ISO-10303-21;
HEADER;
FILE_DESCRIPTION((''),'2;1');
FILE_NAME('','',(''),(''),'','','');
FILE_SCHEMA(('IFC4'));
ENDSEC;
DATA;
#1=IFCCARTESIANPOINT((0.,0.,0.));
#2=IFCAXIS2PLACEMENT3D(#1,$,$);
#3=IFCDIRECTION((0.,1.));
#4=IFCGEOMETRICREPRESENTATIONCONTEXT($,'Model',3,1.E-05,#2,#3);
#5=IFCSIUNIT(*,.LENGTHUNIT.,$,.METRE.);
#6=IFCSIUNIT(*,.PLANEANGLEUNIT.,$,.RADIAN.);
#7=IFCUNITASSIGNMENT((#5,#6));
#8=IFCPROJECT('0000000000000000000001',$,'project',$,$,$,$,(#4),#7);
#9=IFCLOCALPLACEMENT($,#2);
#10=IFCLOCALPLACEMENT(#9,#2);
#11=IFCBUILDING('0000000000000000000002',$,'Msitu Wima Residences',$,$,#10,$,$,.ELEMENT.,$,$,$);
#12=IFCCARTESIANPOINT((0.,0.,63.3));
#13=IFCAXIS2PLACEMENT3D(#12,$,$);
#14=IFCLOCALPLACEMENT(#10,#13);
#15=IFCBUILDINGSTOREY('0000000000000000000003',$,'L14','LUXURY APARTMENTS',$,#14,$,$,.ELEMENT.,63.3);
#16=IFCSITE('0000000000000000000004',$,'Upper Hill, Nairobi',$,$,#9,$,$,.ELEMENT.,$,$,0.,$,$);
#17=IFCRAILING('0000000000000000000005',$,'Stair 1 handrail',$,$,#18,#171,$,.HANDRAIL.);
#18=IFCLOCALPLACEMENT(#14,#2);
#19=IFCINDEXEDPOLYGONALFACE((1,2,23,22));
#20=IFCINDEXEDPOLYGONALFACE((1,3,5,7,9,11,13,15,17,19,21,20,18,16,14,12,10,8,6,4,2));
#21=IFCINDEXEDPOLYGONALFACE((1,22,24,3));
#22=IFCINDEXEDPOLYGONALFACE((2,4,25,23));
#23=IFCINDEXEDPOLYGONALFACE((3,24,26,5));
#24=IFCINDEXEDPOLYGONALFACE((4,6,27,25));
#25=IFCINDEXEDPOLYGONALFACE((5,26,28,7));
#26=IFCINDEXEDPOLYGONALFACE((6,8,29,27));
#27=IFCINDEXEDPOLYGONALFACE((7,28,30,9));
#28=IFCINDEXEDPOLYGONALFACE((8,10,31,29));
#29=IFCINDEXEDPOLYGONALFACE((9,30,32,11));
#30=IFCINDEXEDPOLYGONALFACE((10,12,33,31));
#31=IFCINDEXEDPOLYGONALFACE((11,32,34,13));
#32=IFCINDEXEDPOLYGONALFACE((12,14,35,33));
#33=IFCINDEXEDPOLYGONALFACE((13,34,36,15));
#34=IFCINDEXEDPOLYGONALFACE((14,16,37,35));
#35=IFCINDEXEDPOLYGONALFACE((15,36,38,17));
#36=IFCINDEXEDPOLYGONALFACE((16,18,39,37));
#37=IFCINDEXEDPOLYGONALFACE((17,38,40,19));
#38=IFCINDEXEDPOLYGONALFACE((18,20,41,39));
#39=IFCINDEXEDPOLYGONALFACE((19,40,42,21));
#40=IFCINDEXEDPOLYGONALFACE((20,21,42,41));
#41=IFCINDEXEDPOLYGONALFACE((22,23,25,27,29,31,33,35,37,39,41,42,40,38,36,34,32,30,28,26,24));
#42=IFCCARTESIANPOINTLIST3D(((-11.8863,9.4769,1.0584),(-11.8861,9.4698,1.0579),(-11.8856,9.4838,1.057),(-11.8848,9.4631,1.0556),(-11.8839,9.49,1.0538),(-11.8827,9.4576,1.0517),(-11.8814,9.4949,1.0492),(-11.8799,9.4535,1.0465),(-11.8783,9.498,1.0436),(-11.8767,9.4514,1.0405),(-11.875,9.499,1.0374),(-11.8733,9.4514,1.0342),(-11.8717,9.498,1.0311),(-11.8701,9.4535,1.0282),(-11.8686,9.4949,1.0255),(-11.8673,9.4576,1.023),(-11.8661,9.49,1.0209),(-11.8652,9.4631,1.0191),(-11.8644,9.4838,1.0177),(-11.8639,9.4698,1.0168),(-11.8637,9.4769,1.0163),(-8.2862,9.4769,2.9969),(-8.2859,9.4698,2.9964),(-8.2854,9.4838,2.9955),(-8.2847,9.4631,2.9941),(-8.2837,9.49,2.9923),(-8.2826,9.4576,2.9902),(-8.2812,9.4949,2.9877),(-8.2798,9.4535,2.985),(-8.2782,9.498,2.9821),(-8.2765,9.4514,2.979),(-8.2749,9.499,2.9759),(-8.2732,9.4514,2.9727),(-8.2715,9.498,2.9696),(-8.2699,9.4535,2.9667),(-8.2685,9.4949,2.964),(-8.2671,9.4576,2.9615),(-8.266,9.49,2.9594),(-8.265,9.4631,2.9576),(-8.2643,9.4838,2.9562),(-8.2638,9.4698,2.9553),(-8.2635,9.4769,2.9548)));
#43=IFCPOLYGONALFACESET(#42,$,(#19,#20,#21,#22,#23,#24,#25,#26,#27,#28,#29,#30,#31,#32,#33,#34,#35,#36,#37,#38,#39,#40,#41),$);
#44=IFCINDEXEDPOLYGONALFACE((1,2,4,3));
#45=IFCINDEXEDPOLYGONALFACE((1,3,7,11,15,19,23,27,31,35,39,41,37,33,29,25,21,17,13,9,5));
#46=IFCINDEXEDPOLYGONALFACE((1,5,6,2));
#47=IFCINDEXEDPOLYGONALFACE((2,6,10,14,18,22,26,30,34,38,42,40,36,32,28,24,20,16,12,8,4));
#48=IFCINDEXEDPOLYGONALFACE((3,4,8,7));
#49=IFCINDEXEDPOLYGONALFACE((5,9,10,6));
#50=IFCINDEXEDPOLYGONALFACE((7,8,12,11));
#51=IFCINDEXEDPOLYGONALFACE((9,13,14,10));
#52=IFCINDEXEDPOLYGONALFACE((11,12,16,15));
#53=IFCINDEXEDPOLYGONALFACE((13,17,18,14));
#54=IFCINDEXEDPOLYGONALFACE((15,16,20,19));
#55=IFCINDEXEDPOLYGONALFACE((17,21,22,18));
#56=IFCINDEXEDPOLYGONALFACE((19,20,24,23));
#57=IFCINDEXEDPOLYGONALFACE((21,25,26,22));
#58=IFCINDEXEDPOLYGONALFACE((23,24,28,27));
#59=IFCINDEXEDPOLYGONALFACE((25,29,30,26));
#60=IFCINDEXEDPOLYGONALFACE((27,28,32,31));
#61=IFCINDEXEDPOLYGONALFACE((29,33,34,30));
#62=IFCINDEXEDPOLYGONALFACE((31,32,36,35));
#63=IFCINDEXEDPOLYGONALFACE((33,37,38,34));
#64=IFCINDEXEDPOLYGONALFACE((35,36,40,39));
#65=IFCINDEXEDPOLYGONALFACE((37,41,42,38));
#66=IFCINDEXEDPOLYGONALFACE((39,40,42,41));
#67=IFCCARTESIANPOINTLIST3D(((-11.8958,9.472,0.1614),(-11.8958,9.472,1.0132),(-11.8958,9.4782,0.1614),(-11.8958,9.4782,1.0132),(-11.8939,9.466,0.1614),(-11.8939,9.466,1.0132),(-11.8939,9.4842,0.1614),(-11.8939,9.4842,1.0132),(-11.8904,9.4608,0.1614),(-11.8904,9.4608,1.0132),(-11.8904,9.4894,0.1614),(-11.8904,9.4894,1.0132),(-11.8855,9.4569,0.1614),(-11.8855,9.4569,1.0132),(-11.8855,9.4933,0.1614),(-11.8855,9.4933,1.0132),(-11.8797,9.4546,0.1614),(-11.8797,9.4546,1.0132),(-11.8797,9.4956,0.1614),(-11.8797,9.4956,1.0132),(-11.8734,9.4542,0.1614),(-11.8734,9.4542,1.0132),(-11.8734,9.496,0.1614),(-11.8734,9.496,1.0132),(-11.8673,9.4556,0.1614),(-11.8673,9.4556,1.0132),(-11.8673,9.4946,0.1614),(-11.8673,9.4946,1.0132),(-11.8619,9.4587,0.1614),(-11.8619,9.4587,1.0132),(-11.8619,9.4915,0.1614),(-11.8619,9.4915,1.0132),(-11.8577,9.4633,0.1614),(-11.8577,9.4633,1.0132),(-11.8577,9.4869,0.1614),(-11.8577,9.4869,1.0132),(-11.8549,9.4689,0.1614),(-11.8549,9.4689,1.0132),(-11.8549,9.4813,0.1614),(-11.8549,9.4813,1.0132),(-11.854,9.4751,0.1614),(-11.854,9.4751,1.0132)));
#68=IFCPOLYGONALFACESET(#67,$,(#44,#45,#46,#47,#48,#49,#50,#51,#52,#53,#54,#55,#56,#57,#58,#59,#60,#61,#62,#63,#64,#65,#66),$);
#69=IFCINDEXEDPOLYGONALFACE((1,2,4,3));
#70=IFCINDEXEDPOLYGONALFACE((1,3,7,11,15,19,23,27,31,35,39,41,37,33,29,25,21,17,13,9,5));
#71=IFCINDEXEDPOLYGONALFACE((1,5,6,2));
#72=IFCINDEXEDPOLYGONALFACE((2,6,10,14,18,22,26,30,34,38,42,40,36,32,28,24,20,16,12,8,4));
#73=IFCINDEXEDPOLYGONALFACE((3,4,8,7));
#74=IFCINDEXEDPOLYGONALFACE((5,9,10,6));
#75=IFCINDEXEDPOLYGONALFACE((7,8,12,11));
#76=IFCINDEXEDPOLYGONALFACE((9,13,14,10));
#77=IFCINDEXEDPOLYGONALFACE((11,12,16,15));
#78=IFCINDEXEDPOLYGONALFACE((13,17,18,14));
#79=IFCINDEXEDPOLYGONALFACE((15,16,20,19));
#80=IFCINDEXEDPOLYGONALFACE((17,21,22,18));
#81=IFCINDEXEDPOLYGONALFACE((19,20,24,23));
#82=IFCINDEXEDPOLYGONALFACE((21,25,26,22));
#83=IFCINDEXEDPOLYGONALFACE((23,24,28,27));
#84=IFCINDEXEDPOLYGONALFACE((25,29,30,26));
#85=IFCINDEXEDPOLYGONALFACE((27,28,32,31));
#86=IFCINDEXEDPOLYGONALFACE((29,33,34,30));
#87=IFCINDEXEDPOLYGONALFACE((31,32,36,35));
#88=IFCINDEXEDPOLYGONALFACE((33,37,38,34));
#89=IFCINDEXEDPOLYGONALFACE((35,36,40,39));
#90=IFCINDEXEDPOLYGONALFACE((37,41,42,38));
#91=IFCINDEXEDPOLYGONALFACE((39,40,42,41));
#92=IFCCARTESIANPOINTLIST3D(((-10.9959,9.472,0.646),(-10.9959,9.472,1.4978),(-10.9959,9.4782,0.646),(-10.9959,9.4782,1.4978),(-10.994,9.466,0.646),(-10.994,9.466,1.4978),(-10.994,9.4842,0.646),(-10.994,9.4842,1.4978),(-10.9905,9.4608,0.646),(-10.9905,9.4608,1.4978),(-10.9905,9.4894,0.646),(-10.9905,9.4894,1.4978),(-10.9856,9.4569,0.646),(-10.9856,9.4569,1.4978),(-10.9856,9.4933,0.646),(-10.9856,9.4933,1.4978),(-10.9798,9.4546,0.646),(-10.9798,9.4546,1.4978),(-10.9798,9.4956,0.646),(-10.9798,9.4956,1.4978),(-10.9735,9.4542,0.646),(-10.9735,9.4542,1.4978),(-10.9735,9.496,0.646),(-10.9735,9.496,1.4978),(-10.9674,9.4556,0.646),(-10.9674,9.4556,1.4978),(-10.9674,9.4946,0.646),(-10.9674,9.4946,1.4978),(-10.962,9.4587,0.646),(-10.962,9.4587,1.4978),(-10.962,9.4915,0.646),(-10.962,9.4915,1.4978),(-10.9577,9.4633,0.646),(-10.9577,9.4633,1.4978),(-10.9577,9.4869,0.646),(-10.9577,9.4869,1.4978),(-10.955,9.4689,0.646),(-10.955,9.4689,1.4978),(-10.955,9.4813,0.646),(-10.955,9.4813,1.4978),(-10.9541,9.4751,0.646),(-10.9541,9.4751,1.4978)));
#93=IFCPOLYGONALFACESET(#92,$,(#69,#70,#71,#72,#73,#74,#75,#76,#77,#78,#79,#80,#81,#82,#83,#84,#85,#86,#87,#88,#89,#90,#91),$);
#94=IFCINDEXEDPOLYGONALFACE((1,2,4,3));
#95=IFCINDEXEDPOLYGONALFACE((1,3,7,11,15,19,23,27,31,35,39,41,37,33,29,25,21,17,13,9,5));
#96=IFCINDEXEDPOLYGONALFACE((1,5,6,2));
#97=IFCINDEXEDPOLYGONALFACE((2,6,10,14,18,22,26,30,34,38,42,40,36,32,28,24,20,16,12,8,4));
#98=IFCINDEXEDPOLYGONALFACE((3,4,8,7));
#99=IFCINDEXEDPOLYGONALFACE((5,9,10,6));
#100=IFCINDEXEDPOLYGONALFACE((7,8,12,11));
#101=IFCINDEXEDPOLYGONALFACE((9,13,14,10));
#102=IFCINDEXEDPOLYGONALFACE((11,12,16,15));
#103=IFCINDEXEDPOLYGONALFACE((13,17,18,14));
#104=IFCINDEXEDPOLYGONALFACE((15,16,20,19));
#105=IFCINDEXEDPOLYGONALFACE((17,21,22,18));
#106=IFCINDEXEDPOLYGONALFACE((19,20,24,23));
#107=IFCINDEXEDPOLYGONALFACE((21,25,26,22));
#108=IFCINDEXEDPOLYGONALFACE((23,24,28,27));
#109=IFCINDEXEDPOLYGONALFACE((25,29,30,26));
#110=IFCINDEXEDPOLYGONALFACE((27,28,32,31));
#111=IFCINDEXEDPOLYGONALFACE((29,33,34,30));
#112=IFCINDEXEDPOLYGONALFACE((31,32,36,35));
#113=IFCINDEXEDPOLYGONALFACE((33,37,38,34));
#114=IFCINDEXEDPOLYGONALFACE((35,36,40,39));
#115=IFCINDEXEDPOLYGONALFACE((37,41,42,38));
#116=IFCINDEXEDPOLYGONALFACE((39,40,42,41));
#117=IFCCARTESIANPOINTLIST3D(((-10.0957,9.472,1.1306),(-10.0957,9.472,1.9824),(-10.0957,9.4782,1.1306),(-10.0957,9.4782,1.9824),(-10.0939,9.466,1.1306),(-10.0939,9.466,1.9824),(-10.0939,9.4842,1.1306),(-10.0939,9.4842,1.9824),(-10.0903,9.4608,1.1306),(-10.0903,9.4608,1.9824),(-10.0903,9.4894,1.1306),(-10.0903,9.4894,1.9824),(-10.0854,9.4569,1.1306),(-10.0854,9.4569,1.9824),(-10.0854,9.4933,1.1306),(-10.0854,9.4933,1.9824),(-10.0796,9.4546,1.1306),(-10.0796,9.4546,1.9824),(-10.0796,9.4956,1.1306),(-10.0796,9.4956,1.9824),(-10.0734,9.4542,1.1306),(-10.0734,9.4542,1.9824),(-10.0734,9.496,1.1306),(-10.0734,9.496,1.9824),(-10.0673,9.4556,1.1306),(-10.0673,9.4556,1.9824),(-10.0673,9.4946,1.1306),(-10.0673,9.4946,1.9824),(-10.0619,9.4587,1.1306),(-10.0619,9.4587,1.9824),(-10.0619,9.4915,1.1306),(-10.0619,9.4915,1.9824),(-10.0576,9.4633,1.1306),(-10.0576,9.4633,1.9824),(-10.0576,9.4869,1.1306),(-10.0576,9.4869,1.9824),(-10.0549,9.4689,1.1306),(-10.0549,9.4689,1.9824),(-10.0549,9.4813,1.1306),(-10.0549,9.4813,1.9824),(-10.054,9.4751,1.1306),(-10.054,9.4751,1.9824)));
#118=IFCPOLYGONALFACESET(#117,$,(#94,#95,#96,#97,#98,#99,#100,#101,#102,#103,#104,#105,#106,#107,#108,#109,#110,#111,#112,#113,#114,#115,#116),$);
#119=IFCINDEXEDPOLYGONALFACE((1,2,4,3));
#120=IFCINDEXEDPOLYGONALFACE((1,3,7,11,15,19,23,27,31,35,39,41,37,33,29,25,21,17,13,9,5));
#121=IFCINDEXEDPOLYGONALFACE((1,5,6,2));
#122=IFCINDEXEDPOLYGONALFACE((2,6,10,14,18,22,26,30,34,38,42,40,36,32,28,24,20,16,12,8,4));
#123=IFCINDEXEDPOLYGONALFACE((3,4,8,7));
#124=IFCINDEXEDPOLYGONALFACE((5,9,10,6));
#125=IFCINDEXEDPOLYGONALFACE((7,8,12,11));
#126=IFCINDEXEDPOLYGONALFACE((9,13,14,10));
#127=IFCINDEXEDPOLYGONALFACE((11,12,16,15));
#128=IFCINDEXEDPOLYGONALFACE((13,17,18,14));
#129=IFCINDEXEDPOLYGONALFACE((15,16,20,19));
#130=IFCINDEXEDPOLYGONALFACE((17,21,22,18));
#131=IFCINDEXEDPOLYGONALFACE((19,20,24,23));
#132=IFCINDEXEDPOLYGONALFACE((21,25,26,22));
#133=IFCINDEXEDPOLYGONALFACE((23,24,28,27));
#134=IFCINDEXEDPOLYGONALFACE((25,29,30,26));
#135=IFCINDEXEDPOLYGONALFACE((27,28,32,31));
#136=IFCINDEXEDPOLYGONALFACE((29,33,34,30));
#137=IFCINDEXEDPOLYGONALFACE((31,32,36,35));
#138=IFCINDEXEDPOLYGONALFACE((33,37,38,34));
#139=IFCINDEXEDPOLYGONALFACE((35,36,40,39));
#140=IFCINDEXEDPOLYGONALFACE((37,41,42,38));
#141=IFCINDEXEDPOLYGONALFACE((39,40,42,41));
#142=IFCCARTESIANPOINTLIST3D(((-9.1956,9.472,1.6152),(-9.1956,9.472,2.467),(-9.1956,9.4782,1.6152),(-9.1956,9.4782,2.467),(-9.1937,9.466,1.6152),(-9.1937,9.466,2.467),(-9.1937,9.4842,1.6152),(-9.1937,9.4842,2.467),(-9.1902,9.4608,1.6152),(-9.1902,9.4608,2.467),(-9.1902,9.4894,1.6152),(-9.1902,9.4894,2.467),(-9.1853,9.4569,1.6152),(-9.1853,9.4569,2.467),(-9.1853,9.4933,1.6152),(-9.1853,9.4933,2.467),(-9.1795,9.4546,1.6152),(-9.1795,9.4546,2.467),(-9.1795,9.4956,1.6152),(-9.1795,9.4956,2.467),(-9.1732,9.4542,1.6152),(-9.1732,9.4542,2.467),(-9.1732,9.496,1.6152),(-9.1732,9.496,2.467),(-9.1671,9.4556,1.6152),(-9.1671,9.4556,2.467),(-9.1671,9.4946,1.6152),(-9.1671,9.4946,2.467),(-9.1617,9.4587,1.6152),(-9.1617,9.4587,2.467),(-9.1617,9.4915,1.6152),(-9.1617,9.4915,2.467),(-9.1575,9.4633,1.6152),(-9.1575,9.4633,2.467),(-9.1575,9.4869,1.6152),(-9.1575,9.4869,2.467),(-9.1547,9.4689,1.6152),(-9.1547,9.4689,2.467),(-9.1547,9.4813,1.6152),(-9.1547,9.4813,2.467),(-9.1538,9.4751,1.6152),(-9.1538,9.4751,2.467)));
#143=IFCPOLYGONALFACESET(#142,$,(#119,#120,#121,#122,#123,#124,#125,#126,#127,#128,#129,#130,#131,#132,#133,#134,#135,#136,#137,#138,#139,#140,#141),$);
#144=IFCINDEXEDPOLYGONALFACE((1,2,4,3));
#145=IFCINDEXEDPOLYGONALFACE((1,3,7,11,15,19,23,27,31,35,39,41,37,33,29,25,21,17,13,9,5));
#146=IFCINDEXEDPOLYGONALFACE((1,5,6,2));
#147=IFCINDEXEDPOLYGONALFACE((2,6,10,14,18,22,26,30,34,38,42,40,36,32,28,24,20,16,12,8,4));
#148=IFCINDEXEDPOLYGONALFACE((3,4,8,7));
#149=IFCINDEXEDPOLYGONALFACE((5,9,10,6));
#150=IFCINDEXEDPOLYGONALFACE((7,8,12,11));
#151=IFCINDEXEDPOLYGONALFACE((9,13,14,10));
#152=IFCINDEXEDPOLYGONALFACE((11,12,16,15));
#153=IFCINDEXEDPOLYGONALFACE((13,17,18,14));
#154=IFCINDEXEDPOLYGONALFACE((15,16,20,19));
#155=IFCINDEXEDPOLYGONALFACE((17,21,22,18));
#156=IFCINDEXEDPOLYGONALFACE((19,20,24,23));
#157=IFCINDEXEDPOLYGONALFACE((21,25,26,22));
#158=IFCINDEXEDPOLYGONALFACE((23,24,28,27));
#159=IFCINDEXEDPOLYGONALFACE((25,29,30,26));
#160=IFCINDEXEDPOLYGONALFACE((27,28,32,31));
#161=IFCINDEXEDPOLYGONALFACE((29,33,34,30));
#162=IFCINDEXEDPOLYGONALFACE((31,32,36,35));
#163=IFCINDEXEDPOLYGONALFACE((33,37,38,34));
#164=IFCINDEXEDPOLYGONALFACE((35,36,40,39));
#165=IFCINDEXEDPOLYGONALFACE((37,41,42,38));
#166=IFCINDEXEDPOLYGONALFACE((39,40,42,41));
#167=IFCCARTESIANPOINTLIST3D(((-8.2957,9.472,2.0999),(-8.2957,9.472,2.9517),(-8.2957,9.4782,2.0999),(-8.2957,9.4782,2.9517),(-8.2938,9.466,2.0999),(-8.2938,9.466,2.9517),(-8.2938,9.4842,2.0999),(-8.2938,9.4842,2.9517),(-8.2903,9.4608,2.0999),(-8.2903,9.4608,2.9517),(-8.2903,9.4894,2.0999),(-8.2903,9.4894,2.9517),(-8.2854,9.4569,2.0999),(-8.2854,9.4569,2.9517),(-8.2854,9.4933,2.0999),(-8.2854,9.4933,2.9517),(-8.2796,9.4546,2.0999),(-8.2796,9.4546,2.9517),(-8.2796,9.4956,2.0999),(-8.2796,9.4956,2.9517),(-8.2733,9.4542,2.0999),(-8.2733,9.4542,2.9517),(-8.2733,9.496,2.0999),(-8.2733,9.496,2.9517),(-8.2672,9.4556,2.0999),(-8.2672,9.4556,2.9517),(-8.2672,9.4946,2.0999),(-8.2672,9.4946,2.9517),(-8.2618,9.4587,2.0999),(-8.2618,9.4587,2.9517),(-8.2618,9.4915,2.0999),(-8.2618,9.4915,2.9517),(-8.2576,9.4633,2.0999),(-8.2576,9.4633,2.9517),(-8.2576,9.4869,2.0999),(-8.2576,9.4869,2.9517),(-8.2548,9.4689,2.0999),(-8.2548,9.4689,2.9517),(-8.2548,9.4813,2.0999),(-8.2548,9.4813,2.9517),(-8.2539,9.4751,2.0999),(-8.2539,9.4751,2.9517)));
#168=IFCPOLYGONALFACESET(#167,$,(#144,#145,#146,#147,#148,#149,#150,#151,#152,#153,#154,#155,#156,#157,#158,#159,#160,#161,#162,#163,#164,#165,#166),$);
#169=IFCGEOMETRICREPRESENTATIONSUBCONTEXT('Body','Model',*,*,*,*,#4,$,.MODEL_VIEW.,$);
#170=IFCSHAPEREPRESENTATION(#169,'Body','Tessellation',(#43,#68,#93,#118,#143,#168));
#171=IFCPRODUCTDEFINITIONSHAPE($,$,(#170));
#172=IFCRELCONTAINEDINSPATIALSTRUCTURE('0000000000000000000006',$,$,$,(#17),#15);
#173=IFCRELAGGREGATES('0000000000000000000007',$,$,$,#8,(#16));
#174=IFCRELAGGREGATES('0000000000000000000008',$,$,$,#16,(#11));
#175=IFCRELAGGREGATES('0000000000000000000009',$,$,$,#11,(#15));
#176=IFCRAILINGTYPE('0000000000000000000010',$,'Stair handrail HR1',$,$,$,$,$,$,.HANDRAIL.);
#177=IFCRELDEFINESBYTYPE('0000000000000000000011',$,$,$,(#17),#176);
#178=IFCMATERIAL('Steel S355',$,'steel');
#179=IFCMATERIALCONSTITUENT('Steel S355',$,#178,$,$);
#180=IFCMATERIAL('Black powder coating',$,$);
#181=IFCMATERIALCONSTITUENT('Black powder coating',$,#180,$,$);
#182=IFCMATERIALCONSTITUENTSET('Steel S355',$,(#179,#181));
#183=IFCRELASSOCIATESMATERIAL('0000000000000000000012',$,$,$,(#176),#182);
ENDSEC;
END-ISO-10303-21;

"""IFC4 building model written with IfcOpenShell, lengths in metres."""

from ifc_helpers import new_model, si_unit, direction, frame, origin, origin_2d, place, context, subcontext, project, spatial, circle, extrude, material, constituent, constituent_set, type_object, element, save


model = new_model("IFC4")

# Units and contexts
model_context = context("Model", 3, precision=1e-05, world=origin(), true_north=direction((0.0, 1.0)))
body_context = subcontext(model_context, "Body", "Model", "MODEL_VIEW")
ifc_project = project(units=[si_unit("LENGTHUNIT", "METRE"), si_unit("PLANEANGLEUNIT", "RADIAN")], contexts=[model_context])

# Site, building, storey
site_placement = place(None, origin())
site = spatial("IfcSite", under=ifc_project, at=site_placement, Name="Upper Hill, Nairobi", CompositionType="ELEMENT", RefElevation=0.0)
building_placement = place(site_placement, origin())
building = spatial("IfcBuilding", under=site, at=building_placement, Name="Msitu Wima Residences", CompositionType="ELEMENT")
storey_placement = place(building_placement, frame((0.0, 0.0, 63.3)))
storey = spatial("IfcBuildingStorey", under=building, at=storey_placement, Name="L14", Description="LUXURY APARTMENTS", CompositionType="ELEMENT", Elevation=63.3)

# Railing
ifc_material_1 = material(Name="Steel S355", Category="steel")
ifc_constituent_1 = constituent(ifc_material_1, Name="Steel S355")
ifc_material_2 = material(Name="Black powder coating")
ifc_constituent_2 = constituent(ifc_material_2, Name="Black powder coating")
ifc_constituent_set = constituent_set(constituents=[ifc_constituent_1, ifc_constituent_2], Name="Steel S355")
railing_type = type_object("IfcRailingType", Name="Stair handrail HR1", PredefinedType="HANDRAIL", material=ifc_constituent_set)
for number, where, name in (
    (1, (-11.875, 9.4751, 0.1614), "Stair 1 handrail"),
):
    element("IfcRailing", number, at=place(storey_placement, frame(where)), inside=storey, type_object=railing_type, Name=name, PredefinedType="HANDRAIL", context=body_context, shape_type="SweptSolid", body=[
        extrude(circle(Radius=0.0239, at=origin_2d()), frame((0.0, 0.0, 0.876), z_axis=(0.880475, 0.0, 0.474093), x_axis=(0.0, 1.0, 0.0)), (0.0, 0.0, 1.0), 4.0889),
        extrude(circle(Radius=0.021, at=origin_2d()), origin(), (0.0, 0.0, 1.0), 0.8518),
        extrude(circle(Radius=0.021, at=origin_2d()), frame((0.8999, 0.0, 0.4846)), (0.0, 0.0, 1.0), 0.8518),
        extrude(circle(Radius=0.021, at=origin_2d()), frame((1.8, 0.0, 0.9692)), (0.0, 0.0, 1.0), 0.8518),
        extrude(circle(Radius=0.021, at=origin_2d()), frame((2.7002, 0.0, 1.4539)), (0.0, 0.0, 1.0), 0.8518),
        extrude(circle(Radius=0.021, at=origin_2d()), frame((3.6001, 0.0, 1.9385)), (0.0, 0.0, 1.0), 0.8518),
    ])

save(model, "model.ifc")
